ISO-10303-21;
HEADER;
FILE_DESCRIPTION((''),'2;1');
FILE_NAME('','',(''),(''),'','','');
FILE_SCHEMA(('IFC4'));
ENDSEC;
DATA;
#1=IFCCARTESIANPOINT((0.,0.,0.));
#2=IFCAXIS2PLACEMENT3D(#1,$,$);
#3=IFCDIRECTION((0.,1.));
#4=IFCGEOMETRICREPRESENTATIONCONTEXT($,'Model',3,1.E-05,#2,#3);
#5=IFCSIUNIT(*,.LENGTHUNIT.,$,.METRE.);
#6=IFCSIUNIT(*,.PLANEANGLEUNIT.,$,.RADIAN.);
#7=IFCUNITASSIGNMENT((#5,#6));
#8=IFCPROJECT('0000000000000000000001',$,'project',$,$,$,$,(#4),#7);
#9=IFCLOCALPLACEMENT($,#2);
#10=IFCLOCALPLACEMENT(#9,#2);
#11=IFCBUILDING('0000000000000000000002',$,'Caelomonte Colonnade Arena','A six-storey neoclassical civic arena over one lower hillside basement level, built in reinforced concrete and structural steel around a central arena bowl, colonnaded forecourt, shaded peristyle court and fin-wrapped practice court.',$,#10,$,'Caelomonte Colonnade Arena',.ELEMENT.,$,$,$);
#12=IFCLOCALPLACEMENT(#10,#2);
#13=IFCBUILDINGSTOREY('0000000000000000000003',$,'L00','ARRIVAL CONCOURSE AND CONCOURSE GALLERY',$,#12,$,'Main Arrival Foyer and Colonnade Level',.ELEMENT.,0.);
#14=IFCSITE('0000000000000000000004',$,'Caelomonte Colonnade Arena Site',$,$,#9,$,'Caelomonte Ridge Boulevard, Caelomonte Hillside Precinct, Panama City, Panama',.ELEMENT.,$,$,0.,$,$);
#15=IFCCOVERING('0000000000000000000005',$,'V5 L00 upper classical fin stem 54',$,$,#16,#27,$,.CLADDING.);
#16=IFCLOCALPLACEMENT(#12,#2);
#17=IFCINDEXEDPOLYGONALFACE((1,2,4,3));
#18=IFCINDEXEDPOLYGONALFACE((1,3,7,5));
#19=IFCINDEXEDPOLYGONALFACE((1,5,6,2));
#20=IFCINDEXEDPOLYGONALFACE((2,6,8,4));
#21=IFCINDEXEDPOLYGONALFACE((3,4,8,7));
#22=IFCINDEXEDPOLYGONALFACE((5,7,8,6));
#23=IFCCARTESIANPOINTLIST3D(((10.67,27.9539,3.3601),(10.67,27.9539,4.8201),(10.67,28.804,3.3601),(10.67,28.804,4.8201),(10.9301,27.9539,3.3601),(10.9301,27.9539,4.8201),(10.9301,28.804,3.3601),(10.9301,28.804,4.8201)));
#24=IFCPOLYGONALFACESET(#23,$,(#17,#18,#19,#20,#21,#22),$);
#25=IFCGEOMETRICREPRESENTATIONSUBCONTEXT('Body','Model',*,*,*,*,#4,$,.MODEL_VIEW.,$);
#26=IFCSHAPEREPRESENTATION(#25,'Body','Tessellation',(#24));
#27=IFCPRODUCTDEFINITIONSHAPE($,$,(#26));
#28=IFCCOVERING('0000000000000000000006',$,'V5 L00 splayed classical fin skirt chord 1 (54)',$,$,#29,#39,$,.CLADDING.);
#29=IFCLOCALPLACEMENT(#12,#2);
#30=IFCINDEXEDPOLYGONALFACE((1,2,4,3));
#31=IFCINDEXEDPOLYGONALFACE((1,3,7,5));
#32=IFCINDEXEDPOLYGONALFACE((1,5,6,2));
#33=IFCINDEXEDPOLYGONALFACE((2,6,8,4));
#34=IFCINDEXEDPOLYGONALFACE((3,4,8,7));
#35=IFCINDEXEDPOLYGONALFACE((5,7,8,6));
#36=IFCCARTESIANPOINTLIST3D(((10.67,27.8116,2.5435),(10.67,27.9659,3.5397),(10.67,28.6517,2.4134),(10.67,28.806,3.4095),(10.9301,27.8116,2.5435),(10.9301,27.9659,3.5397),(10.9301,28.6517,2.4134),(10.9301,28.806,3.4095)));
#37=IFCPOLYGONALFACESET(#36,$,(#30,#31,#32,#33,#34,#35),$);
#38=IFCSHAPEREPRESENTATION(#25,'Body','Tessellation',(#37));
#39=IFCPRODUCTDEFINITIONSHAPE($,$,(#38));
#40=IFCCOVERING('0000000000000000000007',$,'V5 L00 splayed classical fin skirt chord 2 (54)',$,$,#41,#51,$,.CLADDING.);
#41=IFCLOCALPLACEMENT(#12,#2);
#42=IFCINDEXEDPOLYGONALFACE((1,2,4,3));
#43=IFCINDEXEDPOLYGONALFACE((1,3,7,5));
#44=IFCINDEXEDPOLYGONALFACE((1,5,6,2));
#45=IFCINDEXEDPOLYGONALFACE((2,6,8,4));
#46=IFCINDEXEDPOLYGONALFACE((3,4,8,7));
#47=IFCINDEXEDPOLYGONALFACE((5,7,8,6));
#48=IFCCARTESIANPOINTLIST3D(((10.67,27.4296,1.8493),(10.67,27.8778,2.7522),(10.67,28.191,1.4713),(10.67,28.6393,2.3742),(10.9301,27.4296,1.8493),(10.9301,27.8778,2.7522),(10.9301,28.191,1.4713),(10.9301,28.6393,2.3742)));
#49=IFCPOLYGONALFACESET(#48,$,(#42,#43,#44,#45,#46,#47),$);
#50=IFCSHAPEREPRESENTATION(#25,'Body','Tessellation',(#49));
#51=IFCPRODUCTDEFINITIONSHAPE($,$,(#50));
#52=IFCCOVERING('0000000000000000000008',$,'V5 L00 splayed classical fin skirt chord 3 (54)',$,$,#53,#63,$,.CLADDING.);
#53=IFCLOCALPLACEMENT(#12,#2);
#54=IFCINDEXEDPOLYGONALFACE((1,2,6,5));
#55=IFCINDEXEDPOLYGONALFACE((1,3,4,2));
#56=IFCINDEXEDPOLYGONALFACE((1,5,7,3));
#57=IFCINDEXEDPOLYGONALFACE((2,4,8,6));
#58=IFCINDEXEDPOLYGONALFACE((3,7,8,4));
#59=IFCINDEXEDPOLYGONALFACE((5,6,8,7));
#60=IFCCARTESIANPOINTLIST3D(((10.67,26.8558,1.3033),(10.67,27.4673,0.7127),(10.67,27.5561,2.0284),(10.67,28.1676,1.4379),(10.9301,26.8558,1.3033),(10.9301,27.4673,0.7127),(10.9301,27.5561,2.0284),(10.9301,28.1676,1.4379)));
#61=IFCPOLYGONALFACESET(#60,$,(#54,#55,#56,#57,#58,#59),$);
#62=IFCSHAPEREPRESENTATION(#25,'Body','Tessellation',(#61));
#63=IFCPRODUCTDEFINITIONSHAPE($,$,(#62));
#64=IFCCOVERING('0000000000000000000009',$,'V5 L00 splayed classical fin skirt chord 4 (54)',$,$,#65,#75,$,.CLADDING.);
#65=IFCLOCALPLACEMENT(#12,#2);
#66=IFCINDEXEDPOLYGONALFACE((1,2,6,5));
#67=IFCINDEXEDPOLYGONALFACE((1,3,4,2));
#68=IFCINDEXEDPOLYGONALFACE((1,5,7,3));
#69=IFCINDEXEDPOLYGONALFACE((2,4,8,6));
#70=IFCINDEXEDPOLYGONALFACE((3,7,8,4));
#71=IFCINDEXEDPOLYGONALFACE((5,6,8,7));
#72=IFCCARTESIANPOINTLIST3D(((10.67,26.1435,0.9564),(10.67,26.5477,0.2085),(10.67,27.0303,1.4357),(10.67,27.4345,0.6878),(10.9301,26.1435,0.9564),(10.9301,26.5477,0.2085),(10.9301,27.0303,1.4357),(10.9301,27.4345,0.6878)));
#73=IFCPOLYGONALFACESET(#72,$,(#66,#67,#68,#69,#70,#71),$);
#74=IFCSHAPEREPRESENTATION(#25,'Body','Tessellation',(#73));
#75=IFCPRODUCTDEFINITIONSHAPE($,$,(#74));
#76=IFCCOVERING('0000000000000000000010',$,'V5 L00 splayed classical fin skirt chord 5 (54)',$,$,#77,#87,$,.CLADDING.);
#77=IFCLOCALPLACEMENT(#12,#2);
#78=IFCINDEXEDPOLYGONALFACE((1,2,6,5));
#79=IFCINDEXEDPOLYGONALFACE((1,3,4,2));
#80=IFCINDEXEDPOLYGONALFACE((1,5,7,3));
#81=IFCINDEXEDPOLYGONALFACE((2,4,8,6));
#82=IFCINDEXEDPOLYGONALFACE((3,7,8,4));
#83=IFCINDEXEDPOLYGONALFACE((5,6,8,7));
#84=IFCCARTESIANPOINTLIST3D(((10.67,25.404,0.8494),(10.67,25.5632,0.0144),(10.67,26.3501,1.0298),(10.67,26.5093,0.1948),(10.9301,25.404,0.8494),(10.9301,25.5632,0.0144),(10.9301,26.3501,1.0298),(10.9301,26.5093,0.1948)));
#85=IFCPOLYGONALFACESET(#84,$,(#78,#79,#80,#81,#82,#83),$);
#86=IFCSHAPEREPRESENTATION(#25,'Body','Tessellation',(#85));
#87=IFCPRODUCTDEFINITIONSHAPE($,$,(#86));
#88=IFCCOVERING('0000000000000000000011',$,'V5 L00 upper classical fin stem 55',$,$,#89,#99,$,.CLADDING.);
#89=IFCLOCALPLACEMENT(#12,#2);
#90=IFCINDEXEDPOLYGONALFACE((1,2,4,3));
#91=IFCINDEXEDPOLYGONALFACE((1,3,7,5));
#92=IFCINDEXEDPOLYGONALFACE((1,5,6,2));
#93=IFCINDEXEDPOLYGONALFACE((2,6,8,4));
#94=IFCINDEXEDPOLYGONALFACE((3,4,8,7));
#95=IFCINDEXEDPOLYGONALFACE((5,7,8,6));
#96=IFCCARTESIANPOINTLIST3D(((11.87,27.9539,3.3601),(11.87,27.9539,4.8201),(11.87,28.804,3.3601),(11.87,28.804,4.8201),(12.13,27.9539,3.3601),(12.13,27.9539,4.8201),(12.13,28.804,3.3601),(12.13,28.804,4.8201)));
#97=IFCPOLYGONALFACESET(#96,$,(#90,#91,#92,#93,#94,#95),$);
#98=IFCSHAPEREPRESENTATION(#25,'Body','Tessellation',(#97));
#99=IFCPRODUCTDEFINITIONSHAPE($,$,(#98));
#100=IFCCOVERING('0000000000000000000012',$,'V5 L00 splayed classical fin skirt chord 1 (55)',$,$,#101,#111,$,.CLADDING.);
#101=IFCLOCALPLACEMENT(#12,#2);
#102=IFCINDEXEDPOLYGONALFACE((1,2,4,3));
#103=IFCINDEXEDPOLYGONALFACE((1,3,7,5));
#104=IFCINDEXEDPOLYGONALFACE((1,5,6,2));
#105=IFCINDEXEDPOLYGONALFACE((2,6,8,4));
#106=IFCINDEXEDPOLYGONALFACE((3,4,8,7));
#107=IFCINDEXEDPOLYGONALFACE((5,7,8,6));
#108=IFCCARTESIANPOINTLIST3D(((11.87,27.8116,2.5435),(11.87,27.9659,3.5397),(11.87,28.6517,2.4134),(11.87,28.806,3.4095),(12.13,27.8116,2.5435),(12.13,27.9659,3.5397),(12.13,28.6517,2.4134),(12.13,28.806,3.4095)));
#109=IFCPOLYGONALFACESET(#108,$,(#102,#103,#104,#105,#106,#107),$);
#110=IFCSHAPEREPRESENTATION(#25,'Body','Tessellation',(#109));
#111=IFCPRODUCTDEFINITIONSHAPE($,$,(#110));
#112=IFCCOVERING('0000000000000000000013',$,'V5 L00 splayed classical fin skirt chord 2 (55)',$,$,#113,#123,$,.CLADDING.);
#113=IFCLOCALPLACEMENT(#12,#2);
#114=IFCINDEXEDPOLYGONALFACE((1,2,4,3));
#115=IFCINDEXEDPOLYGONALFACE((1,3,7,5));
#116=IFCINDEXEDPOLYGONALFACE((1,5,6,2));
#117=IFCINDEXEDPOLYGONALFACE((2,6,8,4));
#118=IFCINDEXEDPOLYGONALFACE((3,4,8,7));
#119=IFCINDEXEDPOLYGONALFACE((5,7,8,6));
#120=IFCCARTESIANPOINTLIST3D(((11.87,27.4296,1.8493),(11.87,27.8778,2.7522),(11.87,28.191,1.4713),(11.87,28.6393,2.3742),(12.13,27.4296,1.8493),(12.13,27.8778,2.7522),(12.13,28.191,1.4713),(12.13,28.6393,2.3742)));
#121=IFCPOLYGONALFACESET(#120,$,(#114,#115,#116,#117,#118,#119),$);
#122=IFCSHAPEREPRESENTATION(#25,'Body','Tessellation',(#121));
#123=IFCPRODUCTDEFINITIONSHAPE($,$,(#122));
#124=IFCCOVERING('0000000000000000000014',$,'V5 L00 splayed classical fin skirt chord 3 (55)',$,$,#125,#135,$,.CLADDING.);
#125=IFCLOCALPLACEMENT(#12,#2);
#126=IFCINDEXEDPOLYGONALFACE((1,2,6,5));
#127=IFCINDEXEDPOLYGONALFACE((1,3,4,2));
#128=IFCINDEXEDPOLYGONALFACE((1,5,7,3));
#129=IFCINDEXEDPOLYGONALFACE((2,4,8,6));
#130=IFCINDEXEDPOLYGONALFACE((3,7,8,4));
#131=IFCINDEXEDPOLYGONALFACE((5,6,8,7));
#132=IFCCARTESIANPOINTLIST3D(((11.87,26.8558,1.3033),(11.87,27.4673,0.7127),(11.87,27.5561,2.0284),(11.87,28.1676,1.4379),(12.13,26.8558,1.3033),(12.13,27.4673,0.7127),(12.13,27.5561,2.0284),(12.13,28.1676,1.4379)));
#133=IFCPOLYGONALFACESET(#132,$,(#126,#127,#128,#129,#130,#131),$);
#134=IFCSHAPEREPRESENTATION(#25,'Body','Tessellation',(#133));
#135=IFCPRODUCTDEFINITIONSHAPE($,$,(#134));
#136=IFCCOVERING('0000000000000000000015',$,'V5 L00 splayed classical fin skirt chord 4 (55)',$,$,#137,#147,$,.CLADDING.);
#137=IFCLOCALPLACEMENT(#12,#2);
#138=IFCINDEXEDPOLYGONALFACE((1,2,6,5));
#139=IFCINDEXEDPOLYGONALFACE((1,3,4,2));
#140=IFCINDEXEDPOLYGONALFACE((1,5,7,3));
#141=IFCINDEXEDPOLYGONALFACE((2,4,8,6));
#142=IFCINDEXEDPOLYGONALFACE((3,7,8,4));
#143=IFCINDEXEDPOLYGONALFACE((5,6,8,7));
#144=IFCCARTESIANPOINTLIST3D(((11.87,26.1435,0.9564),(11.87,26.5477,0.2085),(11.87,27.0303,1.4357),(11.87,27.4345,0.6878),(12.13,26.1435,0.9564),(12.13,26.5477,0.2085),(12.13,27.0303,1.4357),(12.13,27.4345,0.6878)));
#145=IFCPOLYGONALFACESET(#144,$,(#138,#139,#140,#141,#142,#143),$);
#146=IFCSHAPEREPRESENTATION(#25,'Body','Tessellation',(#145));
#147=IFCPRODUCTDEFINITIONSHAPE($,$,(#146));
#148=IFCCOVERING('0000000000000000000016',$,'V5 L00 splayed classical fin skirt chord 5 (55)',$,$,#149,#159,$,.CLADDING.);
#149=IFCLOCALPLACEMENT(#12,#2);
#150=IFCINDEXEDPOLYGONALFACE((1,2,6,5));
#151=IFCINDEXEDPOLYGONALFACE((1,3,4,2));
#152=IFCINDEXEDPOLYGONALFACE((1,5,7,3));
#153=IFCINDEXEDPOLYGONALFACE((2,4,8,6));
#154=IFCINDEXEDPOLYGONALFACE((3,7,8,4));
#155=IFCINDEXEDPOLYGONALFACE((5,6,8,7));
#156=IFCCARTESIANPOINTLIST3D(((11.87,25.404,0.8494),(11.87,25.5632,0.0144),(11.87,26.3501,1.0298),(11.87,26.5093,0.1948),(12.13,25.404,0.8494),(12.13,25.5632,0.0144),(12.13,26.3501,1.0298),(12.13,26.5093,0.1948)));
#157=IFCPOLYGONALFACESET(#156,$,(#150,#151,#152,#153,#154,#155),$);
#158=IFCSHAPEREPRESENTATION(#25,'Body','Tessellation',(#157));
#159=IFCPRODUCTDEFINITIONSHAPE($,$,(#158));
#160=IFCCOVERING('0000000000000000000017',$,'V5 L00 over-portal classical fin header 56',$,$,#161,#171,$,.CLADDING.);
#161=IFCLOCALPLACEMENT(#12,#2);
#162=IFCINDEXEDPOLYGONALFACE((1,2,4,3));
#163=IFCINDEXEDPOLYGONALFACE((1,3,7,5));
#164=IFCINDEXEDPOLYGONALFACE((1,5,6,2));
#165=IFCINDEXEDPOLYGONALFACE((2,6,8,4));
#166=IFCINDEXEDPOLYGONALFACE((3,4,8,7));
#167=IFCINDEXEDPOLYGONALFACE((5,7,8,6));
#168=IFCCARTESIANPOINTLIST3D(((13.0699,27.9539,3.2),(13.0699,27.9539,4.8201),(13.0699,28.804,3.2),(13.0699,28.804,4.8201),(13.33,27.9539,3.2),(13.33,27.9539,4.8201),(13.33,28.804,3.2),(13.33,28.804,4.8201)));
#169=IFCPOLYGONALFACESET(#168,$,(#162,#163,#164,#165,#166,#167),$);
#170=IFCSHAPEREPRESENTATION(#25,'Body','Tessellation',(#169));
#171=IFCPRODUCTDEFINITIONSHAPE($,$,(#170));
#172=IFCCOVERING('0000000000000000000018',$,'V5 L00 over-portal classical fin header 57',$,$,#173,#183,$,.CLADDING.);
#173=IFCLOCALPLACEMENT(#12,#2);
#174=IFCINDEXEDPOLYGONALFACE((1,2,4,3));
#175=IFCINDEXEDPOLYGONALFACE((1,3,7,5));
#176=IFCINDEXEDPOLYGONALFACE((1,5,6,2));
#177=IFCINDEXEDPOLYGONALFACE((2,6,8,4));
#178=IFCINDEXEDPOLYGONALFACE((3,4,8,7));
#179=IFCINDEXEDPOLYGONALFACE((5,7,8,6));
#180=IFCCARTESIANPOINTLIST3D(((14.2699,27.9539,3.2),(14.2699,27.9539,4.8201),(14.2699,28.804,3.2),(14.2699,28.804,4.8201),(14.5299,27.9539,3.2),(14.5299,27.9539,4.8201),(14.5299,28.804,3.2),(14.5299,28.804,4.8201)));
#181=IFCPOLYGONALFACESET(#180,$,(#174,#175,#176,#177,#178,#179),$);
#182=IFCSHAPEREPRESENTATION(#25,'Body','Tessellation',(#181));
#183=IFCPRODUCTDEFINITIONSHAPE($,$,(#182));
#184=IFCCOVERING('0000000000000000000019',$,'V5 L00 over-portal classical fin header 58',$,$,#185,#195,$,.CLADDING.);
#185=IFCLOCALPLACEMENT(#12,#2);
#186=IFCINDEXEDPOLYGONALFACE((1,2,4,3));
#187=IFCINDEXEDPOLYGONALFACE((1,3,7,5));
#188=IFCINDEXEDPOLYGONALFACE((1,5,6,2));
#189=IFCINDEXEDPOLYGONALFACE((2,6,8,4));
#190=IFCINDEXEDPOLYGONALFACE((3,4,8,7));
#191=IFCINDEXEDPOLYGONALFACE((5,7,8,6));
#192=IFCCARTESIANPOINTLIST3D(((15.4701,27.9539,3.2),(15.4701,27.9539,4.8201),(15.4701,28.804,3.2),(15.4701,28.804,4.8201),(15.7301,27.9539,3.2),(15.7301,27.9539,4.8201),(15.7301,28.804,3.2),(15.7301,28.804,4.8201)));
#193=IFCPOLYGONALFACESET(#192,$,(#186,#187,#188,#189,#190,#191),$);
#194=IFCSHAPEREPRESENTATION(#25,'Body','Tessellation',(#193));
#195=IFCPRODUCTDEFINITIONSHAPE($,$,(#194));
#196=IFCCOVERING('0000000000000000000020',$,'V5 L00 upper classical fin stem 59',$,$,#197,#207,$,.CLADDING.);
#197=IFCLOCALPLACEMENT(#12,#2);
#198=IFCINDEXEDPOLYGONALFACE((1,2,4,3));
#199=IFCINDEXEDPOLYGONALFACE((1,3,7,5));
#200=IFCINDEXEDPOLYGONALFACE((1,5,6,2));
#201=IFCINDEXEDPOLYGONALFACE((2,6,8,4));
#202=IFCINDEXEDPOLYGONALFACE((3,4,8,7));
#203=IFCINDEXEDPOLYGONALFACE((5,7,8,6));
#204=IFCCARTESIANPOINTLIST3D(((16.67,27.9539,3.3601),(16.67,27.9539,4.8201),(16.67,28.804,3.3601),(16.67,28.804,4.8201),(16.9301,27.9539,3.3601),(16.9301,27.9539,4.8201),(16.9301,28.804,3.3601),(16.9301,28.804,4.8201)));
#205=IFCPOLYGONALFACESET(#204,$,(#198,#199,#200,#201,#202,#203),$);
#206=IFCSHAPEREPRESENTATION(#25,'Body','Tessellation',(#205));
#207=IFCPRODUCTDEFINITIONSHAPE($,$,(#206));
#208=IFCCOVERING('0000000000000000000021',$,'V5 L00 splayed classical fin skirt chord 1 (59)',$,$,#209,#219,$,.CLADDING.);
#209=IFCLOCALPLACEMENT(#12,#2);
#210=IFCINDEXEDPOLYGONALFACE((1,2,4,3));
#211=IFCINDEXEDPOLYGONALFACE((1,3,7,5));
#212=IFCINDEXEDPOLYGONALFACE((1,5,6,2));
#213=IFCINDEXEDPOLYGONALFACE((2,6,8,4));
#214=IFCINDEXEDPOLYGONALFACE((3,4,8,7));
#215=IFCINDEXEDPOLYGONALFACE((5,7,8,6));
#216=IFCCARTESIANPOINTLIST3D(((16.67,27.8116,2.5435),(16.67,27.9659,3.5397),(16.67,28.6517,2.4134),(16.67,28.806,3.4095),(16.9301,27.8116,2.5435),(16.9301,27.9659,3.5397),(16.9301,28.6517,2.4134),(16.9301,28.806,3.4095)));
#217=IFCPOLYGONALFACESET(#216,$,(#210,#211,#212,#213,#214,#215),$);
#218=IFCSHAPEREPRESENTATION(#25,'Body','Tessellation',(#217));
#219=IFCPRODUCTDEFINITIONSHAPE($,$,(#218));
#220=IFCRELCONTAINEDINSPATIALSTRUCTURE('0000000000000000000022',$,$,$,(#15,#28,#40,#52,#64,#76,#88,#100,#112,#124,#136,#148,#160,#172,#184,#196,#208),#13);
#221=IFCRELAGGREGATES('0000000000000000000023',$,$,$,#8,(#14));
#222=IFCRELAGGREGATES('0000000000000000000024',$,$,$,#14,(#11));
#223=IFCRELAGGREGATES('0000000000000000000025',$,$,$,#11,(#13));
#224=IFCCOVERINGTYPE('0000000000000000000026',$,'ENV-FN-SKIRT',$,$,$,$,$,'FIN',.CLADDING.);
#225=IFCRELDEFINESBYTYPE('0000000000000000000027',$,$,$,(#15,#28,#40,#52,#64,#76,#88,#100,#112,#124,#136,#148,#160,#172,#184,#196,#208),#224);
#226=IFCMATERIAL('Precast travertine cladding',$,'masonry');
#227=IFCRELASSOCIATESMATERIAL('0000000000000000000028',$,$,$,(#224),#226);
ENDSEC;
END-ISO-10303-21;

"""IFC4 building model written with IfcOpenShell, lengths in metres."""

from ifc_helpers import new_model, si_unit, direction, frame, origin, origin_2d, place, context, subcontext, project, spatial, rectangle, extrude, material, material_profile, profile_set, type_object, element, save


model = new_model("IFC4")

# Units and contexts
model_context = context("Model", 3, precision=1e-05, world=origin(), true_north=direction((0.0, 1.0)))
body_context = subcontext(model_context, "Body", "Model", "MODEL_VIEW")
ifc_project = project(units=[si_unit("LENGTHUNIT", "METRE"), si_unit("PLANEANGLEUNIT", "RADIAN")], contexts=[model_context])

# Site, building, storey
site_placement = place(None, origin())
site = spatial("IfcSite", under=ifc_project, at=site_placement, Name="Caelomonte Colonnade Arena Site", LongName="Caelomonte Ridge Boulevard, Caelomonte Hillside Precinct, Panama City, Panama", CompositionType="ELEMENT", RefElevation=0.0)
building_placement = place(site_placement, origin())
building = spatial("IfcBuilding", under=site, at=building_placement, Name="Caelomonte Colonnade Arena", Description="A six-storey neoclassical civic arena over one lower hillside basement level, built in reinforced concrete and structural steel around a central arena bowl, colonnaded forecourt, shaded peristyle court and fin-wrapped practice court.", LongName="Caelomonte Colonnade Arena", CompositionType="ELEMENT")
storey_placement = place(building_placement, origin())
storey = spatial("IfcBuildingStorey", under=building, at=storey_placement, Name="L00", Description="ARRIVAL CONCOURSE AND CONCOURSE GALLERY", LongName="Main Arrival Foyer and Colonnade Level", CompositionType="ELEMENT", Elevation=0.0)

# Coverings
ifc_material_1 = material(Name="Precast travertine cladding", Category="masonry")
ifc_material_profile = material_profile(ifc_material_1, rectangle(XDim=0.26, YDim=0.8501, at=origin_2d()), Name="FIN260X850")
ifc_profile_set = profile_set([ifc_material_profile], Name="Precast travertine cladding")
covering_type = type_object("IfcCoveringType", Name="ENV-FN-SKIRT", ElementType="FIN", PredefinedType="CLADDING", material=ifc_profile_set)
covering_1_placement = place(storey_placement, frame((10.8, 28.3789, 3.3601), z_axis=(0.0, 0.0, 1.0), x_axis=(-1.0, 0.0, 0.0)))
element("IfcCovering", 1, at=covering_1_placement, inside=storey, type_object=covering_type, Name="V5 L00 upper classical fin stem 54", PredefinedType="CLADDING", context=body_context, shape_type="SweptSolid", body=[
    extrude(rectangle(XDim=0.26, YDim=0.8501, at=origin_2d()), origin(), (0.0, 0.0, 1.0), 1.46),
])
for number, where, z_axis, x_axis, name in (
    (2, (10.8, 28.386, 3.4746), (0.0, -0.153076, -0.988214), (-1.0, 0.0, 0.0), "V5 L00 splayed classical fin skirt chord 1 (54)"),
    (3, (10.8, 28.2585, 2.5632), (0.0, -0.444693, -0.895683), (-1.0, 0.0, 0.0), "V5 L00 splayed classical fin skirt chord 2 (54)"),
    (4, (10.8, 27.8618, 1.7332), (0.0, -0.694646, -0.719351), (-1.0, 0.0, 0.0), "V5 L00 splayed classical fin skirt chord 3 (54)"),
    (5, (10.8, 27.2324, 1.0618), (0.0, -0.879731, -0.475471), (-1.0, 0.0, 0.0), "V5 L00 splayed classical fin skirt chord 4 (54)"),
):
    element("IfcCovering", number, at=place(storey_placement, frame(where, z_axis=z_axis, x_axis=x_axis)), inside=storey, type_object=covering_type, Name=name, PredefinedType="CLADDING", context=body_context, shape_type="SweptSolid", body=[
        extrude(rectangle(XDim=0.26, YDim=0.8501, at=origin_2d()), origin(), (0.0, 0.0, 1.0), 1.0081),
    ])
covering_2_placement = place(storey_placement, frame((10.8, 26.4297, 0.6123), z_axis=(0.0, -0.982296, -0.187333), x_axis=(-1.0, 0.0, 0.0)))
element("IfcCovering", 6, at=covering_2_placement, inside=storey, type_object=covering_type, Name="V5 L00 splayed classical fin skirt chord 5 (54)", PredefinedType="CLADDING", context=body_context, shape_type="SweptSolid", body=[
    extrude(rectangle(XDim=0.26, YDim=0.8501, at=origin_2d()), origin(), (0.0, 0.0, 1.0), 0.9631),
])
covering_3_placement = place(storey_placement, frame((12.0, 28.3789, 3.3601), z_axis=(0.0, 0.0, 1.0), x_axis=(-1.0, 0.0, 0.0)))
element("IfcCovering", 7, at=covering_3_placement, inside=storey, type_object=covering_type, Name="V5 L00 upper classical fin stem 55", PredefinedType="CLADDING", context=body_context, shape_type="SweptSolid", body=[
    extrude(rectangle(XDim=0.26, YDim=0.8501, at=origin_2d()), origin(), (0.0, 0.0, 1.0), 1.46),
])
for number, where, z_axis, x_axis, name in (
    (8, (12.0, 28.386, 3.4746), (0.0, -0.153076, -0.988214), (-1.0, 0.0, 0.0), "V5 L00 splayed classical fin skirt chord 1 (55)"),
    (9, (12.0, 28.2585, 2.5632), (0.0, -0.444693, -0.895683), (-1.0, 0.0, 0.0), "V5 L00 splayed classical fin skirt chord 2 (55)"),
    (10, (12.0, 27.8618, 1.7332), (0.0, -0.694646, -0.719351), (-1.0, 0.0, 0.0), "V5 L00 splayed classical fin skirt chord 3 (55)"),
    (11, (12.0, 27.2324, 1.0618), (0.0, -0.879731, -0.475471), (-1.0, 0.0, 0.0), "V5 L00 splayed classical fin skirt chord 4 (55)"),
):
    element("IfcCovering", number, at=place(storey_placement, frame(where, z_axis=z_axis, x_axis=x_axis)), inside=storey, type_object=covering_type, Name=name, PredefinedType="CLADDING", context=body_context, shape_type="SweptSolid", body=[
        extrude(rectangle(XDim=0.26, YDim=0.8501, at=origin_2d()), origin(), (0.0, 0.0, 1.0), 1.0081),
    ])
covering_4_placement = place(storey_placement, frame((12.0, 26.4297, 0.6123), z_axis=(0.0, -0.982296, -0.187333), x_axis=(-1.0, 0.0, 0.0)))
element("IfcCovering", 12, at=covering_4_placement, inside=storey, type_object=covering_type, Name="V5 L00 splayed classical fin skirt chord 5 (55)", PredefinedType="CLADDING", context=body_context, shape_type="SweptSolid", body=[
    extrude(rectangle(XDim=0.26, YDim=0.8501, at=origin_2d()), origin(), (0.0, 0.0, 1.0), 0.9631),
])
for number, where, z_axis, x_axis, name in (
    (13, (13.2, 28.3789, 3.2), (0.0, 0.0, 1.0), (-1.0, 0.0, 0.0), "V5 L00 over-portal classical fin header 56"),
    (14, (14.3999, 28.3789, 3.2), (0.0, 0.0, 1.0), (-1.0, 0.0, 0.0), "V5 L00 over-portal classical fin header 57"),
    (15, (15.6001, 28.3789, 3.2), (0.0, 0.0, 1.0), (-1.0, 0.0, 0.0), "V5 L00 over-portal classical fin header 58"),
):
    element("IfcCovering", number, at=place(storey_placement, frame(where, z_axis=z_axis, x_axis=x_axis)), inside=storey, type_object=covering_type, Name=name, PredefinedType="CLADDING", context=body_context, shape_type="SweptSolid", body=[
        extrude(rectangle(XDim=0.26, YDim=0.8501, at=origin_2d()), origin(), (0.0, 0.0, 1.0), 1.6201),
    ])
covering_5_placement = place(storey_placement, frame((16.8, 28.3789, 3.3601), z_axis=(0.0, 0.0, 1.0), x_axis=(-1.0, 0.0, 0.0)))
element("IfcCovering", 16, at=covering_5_placement, inside=storey, type_object=covering_type, Name="V5 L00 upper classical fin stem 59", PredefinedType="CLADDING", context=body_context, shape_type="SweptSolid", body=[
    extrude(rectangle(XDim=0.26, YDim=0.8501, at=origin_2d()), origin(), (0.0, 0.0, 1.0), 1.46),
])
for number, where, z_axis, x_axis, name in (
    (17, (16.8, 28.386, 3.4746), (0.0, -0.153076, -0.988214), (-1.0, 0.0, 0.0), "V5 L00 splayed classical fin skirt chord 1 (59)"),
):
    element("IfcCovering", number, at=place(storey_placement, frame(where, z_axis=z_axis, x_axis=x_axis)), inside=storey, type_object=covering_type, Name=name, PredefinedType="CLADDING", context=body_context, shape_type="SweptSolid", body=[
        extrude(rectangle(XDim=0.26, YDim=0.8501, at=origin_2d()), origin(), (0.0, 0.0, 1.0), 1.0081),
    ])

save(model, "model.ifc")
